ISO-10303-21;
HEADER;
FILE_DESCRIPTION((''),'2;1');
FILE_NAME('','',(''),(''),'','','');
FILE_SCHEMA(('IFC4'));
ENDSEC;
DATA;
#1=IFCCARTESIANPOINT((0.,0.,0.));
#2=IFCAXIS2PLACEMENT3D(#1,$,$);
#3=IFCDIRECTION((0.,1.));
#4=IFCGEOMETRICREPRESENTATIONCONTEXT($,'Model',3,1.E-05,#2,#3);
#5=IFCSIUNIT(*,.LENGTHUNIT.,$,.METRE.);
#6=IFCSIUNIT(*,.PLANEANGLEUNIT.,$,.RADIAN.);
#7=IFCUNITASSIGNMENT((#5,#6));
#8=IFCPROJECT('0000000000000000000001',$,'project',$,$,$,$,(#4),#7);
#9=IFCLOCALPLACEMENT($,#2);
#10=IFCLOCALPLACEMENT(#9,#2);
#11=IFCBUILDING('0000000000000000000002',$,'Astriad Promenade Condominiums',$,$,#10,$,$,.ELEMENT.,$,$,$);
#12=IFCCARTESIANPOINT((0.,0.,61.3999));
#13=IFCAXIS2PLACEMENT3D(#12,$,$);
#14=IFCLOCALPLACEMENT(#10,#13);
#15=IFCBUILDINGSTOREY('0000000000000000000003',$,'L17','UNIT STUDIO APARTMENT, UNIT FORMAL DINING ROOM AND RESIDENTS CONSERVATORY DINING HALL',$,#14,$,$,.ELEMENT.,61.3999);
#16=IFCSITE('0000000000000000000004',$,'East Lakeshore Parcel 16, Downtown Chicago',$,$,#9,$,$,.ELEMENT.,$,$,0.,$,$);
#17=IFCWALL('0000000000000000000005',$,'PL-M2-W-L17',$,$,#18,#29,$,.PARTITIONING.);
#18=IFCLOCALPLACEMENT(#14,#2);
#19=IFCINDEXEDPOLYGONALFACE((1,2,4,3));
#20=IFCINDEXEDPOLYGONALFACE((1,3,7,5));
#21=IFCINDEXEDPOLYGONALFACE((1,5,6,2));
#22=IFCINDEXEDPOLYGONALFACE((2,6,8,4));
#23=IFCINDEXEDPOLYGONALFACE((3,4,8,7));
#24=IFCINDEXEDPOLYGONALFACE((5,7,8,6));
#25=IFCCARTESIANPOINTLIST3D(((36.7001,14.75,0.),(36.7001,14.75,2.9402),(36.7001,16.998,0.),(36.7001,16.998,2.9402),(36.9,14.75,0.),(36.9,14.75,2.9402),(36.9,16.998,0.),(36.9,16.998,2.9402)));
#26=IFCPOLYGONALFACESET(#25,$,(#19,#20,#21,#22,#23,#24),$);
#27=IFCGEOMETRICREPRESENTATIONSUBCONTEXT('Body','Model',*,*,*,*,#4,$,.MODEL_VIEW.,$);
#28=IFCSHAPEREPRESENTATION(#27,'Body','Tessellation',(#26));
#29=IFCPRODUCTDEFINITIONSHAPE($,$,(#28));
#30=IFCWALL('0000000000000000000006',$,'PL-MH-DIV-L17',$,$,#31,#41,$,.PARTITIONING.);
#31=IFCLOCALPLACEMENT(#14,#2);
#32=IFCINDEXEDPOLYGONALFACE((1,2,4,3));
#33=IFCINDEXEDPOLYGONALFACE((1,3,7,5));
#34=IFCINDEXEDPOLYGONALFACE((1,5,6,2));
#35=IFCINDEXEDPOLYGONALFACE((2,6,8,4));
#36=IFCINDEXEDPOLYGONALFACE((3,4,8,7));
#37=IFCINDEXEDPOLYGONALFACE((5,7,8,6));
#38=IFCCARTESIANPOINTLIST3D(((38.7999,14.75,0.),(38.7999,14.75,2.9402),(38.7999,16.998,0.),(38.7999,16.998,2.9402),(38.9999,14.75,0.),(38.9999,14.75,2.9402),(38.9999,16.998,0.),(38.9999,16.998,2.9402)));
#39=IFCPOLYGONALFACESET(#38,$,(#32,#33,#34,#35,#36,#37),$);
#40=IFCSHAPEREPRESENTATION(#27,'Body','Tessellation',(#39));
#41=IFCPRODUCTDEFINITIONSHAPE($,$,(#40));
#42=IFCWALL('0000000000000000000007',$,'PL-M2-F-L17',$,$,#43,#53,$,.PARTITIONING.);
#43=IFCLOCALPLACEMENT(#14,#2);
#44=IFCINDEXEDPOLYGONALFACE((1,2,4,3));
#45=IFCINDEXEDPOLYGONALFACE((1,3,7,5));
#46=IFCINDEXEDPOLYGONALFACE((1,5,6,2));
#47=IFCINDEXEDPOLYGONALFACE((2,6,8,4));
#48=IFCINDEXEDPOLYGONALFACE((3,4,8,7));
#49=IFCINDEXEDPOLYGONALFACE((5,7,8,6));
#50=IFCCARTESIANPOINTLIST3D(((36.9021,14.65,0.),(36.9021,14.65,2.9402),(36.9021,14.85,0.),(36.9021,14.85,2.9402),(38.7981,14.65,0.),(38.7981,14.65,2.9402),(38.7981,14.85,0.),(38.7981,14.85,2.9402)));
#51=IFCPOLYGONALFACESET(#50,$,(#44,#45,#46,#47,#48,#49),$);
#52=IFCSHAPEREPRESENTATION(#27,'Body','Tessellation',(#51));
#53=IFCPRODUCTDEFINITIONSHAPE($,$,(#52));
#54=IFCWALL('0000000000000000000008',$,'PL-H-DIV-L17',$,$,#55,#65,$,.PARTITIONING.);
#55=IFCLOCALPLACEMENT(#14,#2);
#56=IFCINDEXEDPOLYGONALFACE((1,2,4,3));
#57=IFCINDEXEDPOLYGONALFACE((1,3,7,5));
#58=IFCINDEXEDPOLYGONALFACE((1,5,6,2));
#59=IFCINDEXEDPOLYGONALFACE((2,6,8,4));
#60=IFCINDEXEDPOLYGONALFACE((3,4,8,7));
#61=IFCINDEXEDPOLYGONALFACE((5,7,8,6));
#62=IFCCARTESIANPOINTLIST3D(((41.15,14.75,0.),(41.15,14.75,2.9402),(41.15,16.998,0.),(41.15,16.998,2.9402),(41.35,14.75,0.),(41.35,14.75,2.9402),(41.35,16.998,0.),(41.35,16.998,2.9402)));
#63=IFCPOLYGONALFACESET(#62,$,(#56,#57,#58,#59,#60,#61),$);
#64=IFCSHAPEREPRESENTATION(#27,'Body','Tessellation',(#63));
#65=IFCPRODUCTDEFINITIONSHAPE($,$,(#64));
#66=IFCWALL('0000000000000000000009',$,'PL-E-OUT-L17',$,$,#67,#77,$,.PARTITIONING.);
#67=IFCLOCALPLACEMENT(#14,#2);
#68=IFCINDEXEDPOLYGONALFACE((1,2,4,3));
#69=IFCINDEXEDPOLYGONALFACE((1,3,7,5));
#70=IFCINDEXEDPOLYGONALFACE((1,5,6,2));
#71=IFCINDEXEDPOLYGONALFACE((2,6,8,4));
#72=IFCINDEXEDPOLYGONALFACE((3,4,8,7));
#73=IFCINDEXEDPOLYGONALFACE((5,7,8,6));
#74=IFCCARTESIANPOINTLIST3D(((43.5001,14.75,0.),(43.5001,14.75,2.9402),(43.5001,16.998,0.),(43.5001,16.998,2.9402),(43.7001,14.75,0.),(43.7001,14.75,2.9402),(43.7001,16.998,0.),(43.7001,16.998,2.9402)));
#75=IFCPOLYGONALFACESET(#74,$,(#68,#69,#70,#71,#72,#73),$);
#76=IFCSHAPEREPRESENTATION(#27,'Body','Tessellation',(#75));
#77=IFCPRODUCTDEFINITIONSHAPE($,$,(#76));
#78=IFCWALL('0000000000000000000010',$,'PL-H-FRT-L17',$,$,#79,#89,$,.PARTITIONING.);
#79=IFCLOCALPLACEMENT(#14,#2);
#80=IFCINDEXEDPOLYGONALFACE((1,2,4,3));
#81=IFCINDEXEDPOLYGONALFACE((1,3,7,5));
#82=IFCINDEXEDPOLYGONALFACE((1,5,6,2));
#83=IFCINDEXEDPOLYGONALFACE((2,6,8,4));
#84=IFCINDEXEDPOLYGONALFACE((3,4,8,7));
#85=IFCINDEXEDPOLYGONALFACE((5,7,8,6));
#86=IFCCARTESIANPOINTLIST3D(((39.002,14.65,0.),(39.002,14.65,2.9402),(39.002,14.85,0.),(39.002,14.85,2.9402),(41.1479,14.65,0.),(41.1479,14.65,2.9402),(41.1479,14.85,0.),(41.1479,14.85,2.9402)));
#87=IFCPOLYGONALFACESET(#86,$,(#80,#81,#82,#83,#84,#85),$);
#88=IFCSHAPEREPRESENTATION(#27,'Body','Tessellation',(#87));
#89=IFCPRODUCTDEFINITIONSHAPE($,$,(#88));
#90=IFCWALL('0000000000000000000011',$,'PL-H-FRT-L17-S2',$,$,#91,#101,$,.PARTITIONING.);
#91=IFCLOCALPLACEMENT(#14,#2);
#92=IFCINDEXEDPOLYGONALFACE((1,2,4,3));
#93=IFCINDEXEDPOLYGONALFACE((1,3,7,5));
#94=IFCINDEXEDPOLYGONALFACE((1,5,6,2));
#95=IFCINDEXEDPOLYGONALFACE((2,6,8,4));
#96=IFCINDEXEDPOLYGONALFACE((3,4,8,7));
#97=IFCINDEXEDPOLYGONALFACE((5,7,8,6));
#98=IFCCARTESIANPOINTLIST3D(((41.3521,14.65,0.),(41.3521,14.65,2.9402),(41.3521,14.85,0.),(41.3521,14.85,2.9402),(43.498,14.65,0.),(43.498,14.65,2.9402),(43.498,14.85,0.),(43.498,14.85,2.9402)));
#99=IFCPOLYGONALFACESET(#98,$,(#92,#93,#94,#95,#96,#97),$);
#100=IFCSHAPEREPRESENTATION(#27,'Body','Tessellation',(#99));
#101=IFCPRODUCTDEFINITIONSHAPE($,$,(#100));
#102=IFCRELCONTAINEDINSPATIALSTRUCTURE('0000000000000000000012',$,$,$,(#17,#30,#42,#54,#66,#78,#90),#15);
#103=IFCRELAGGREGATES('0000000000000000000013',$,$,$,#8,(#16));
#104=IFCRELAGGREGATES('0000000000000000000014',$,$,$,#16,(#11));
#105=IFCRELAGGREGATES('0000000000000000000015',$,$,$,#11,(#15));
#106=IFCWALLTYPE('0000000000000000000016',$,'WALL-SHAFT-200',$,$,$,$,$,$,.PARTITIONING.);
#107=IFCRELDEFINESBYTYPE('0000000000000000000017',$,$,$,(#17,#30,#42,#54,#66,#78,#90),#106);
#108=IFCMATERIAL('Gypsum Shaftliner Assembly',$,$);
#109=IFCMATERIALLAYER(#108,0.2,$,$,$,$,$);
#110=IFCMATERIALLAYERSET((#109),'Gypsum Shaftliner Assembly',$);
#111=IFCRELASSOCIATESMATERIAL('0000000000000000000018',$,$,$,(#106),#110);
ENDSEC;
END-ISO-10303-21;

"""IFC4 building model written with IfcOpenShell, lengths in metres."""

from ifc_helpers import new_model, si_unit, direction, frame, frame_2d, origin, place, context, subcontext, project, spatial, rectangle, extrude, material, layer, layer_set, type_object, element, save


model = new_model("IFC4")

# Units and contexts
model_context = context("Model", 3, precision=1e-05, world=origin(), true_north=direction((0.0, 1.0)))
body_context = subcontext(model_context, "Body", "Model", "MODEL_VIEW")
ifc_project = project(units=[si_unit("LENGTHUNIT", "METRE"), si_unit("PLANEANGLEUNIT", "RADIAN")], contexts=[model_context])

# Site, building, storey
site_placement = place(None, origin())
site = spatial("IfcSite", under=ifc_project, at=site_placement, Name="East Lakeshore Parcel 16, Downtown Chicago", CompositionType="ELEMENT", RefElevation=0.0)
building_placement = place(site_placement, origin())
building = spatial("IfcBuilding", under=site, at=building_placement, Name="Astriad Promenade Condominiums", CompositionType="ELEMENT")
storey_placement = place(building_placement, frame((0.0, 0.0, 61.3999)))
storey = spatial("IfcBuildingStorey", under=building, at=storey_placement, Name="L17", Description="UNIT STUDIO APARTMENT, UNIT FORMAL DINING ROOM AND RESIDENTS CONSERVATORY DINING HALL", CompositionType="ELEMENT", Elevation=61.3999)

# Walls
ifc_material_1 = material(Name="Gypsum Shaftliner Assembly")
ifc_layer_1 = layer(ifc_material_1, 0.2)
ifc_layer_set_1 = layer_set([ifc_layer_1], Name="Gypsum Shaftliner Assembly")
wall_type_1 = type_object("IfcWallType", Name="WALL-SHAFT-200", PredefinedType="PARTITIONING", material=ifc_layer_set_1)
for number, where, z_axis, x_axis, name in (
    (1, (36.8, 14.75, 0.0), (0.0, 0.0, 1.0), (0.0, 1.0, 0.0), "PL-M2-W-L17"),
    (2, (38.8999, 14.75, 0.0), (0.0, 0.0, 1.0), (0.0, 1.0, 0.0), "PL-MH-DIV-L17"),
):
    element("IfcWall", number, at=place(storey_placement, frame(where, z_axis=z_axis, x_axis=x_axis)), inside=storey, type_object=wall_type_1, Name=name, PredefinedType="PARTITIONING", context=body_context, shape_type="SweptSolid", body=[
        extrude(rectangle(XDim=2.248, YDim=0.2, at=frame_2d((1.124, 0.0))), origin(), (0.0, 0.0, 1.0), 2.9402),
    ])
wall_1_placement = place(storey_placement, frame((36.9021, 14.75, 0.0), z_axis=(0.0, 0.0, 1.0), x_axis=(1.0, 0.0, 0.0)))
element("IfcWall", 3, at=wall_1_placement, inside=storey, type_object=wall_type_1, Name="PL-M2-F-L17", PredefinedType="PARTITIONING", context=body_context, shape_type="SweptSolid", body=[
    extrude(rectangle(XDim=1.896, YDim=0.2, at=frame_2d((0.948, 0.0))), origin(), (0.0, 0.0, 1.0), 2.9402),
])
for number, where, z_axis, x_axis, name in (
    (4, (41.25, 14.75, 0.0), (0.0, 0.0, 1.0), (0.0, 1.0, 0.0), "PL-H-DIV-L17"),
    (5, (43.6001, 14.75, 0.0), (0.0, 0.0, 1.0), (0.0, 1.0, 0.0), "PL-E-OUT-L17"),
):
    element("IfcWall", number, at=place(storey_placement, frame(where, z_axis=z_axis, x_axis=x_axis)), inside=storey, type_object=wall_type_1, Name=name, PredefinedType="PARTITIONING", context=body_context, shape_type="SweptSolid", body=[
        extrude(rectangle(XDim=2.248, YDim=0.2, at=frame_2d((1.124, 0.0))), origin(), (0.0, 0.0, 1.0), 2.9402),
    ])
for number, where, z_axis, x_axis, name in (
    (6, (39.002, 14.75, 0.0), (0.0, 0.0, 1.0), (1.0, 0.0, 0.0), "PL-H-FRT-L17"),
    (7, (41.3521, 14.75, 0.0), (0.0, 0.0, 1.0), (1.0, 0.0, 0.0), "PL-H-FRT-L17-S2"),
):
    element("IfcWall", number, at=place(storey_placement, frame(where, z_axis=z_axis, x_axis=x_axis)), inside=storey, type_object=wall_type_1, Name=name, PredefinedType="PARTITIONING", context=body_context, shape_type="SweptSolid", body=[
        extrude(rectangle(XDim=2.146, YDim=0.2, at=frame_2d((1.073, 0.0))), origin(), (0.0, 0.0, 1.0), 2.9402),
    ])

save(model, "model.ifc")
